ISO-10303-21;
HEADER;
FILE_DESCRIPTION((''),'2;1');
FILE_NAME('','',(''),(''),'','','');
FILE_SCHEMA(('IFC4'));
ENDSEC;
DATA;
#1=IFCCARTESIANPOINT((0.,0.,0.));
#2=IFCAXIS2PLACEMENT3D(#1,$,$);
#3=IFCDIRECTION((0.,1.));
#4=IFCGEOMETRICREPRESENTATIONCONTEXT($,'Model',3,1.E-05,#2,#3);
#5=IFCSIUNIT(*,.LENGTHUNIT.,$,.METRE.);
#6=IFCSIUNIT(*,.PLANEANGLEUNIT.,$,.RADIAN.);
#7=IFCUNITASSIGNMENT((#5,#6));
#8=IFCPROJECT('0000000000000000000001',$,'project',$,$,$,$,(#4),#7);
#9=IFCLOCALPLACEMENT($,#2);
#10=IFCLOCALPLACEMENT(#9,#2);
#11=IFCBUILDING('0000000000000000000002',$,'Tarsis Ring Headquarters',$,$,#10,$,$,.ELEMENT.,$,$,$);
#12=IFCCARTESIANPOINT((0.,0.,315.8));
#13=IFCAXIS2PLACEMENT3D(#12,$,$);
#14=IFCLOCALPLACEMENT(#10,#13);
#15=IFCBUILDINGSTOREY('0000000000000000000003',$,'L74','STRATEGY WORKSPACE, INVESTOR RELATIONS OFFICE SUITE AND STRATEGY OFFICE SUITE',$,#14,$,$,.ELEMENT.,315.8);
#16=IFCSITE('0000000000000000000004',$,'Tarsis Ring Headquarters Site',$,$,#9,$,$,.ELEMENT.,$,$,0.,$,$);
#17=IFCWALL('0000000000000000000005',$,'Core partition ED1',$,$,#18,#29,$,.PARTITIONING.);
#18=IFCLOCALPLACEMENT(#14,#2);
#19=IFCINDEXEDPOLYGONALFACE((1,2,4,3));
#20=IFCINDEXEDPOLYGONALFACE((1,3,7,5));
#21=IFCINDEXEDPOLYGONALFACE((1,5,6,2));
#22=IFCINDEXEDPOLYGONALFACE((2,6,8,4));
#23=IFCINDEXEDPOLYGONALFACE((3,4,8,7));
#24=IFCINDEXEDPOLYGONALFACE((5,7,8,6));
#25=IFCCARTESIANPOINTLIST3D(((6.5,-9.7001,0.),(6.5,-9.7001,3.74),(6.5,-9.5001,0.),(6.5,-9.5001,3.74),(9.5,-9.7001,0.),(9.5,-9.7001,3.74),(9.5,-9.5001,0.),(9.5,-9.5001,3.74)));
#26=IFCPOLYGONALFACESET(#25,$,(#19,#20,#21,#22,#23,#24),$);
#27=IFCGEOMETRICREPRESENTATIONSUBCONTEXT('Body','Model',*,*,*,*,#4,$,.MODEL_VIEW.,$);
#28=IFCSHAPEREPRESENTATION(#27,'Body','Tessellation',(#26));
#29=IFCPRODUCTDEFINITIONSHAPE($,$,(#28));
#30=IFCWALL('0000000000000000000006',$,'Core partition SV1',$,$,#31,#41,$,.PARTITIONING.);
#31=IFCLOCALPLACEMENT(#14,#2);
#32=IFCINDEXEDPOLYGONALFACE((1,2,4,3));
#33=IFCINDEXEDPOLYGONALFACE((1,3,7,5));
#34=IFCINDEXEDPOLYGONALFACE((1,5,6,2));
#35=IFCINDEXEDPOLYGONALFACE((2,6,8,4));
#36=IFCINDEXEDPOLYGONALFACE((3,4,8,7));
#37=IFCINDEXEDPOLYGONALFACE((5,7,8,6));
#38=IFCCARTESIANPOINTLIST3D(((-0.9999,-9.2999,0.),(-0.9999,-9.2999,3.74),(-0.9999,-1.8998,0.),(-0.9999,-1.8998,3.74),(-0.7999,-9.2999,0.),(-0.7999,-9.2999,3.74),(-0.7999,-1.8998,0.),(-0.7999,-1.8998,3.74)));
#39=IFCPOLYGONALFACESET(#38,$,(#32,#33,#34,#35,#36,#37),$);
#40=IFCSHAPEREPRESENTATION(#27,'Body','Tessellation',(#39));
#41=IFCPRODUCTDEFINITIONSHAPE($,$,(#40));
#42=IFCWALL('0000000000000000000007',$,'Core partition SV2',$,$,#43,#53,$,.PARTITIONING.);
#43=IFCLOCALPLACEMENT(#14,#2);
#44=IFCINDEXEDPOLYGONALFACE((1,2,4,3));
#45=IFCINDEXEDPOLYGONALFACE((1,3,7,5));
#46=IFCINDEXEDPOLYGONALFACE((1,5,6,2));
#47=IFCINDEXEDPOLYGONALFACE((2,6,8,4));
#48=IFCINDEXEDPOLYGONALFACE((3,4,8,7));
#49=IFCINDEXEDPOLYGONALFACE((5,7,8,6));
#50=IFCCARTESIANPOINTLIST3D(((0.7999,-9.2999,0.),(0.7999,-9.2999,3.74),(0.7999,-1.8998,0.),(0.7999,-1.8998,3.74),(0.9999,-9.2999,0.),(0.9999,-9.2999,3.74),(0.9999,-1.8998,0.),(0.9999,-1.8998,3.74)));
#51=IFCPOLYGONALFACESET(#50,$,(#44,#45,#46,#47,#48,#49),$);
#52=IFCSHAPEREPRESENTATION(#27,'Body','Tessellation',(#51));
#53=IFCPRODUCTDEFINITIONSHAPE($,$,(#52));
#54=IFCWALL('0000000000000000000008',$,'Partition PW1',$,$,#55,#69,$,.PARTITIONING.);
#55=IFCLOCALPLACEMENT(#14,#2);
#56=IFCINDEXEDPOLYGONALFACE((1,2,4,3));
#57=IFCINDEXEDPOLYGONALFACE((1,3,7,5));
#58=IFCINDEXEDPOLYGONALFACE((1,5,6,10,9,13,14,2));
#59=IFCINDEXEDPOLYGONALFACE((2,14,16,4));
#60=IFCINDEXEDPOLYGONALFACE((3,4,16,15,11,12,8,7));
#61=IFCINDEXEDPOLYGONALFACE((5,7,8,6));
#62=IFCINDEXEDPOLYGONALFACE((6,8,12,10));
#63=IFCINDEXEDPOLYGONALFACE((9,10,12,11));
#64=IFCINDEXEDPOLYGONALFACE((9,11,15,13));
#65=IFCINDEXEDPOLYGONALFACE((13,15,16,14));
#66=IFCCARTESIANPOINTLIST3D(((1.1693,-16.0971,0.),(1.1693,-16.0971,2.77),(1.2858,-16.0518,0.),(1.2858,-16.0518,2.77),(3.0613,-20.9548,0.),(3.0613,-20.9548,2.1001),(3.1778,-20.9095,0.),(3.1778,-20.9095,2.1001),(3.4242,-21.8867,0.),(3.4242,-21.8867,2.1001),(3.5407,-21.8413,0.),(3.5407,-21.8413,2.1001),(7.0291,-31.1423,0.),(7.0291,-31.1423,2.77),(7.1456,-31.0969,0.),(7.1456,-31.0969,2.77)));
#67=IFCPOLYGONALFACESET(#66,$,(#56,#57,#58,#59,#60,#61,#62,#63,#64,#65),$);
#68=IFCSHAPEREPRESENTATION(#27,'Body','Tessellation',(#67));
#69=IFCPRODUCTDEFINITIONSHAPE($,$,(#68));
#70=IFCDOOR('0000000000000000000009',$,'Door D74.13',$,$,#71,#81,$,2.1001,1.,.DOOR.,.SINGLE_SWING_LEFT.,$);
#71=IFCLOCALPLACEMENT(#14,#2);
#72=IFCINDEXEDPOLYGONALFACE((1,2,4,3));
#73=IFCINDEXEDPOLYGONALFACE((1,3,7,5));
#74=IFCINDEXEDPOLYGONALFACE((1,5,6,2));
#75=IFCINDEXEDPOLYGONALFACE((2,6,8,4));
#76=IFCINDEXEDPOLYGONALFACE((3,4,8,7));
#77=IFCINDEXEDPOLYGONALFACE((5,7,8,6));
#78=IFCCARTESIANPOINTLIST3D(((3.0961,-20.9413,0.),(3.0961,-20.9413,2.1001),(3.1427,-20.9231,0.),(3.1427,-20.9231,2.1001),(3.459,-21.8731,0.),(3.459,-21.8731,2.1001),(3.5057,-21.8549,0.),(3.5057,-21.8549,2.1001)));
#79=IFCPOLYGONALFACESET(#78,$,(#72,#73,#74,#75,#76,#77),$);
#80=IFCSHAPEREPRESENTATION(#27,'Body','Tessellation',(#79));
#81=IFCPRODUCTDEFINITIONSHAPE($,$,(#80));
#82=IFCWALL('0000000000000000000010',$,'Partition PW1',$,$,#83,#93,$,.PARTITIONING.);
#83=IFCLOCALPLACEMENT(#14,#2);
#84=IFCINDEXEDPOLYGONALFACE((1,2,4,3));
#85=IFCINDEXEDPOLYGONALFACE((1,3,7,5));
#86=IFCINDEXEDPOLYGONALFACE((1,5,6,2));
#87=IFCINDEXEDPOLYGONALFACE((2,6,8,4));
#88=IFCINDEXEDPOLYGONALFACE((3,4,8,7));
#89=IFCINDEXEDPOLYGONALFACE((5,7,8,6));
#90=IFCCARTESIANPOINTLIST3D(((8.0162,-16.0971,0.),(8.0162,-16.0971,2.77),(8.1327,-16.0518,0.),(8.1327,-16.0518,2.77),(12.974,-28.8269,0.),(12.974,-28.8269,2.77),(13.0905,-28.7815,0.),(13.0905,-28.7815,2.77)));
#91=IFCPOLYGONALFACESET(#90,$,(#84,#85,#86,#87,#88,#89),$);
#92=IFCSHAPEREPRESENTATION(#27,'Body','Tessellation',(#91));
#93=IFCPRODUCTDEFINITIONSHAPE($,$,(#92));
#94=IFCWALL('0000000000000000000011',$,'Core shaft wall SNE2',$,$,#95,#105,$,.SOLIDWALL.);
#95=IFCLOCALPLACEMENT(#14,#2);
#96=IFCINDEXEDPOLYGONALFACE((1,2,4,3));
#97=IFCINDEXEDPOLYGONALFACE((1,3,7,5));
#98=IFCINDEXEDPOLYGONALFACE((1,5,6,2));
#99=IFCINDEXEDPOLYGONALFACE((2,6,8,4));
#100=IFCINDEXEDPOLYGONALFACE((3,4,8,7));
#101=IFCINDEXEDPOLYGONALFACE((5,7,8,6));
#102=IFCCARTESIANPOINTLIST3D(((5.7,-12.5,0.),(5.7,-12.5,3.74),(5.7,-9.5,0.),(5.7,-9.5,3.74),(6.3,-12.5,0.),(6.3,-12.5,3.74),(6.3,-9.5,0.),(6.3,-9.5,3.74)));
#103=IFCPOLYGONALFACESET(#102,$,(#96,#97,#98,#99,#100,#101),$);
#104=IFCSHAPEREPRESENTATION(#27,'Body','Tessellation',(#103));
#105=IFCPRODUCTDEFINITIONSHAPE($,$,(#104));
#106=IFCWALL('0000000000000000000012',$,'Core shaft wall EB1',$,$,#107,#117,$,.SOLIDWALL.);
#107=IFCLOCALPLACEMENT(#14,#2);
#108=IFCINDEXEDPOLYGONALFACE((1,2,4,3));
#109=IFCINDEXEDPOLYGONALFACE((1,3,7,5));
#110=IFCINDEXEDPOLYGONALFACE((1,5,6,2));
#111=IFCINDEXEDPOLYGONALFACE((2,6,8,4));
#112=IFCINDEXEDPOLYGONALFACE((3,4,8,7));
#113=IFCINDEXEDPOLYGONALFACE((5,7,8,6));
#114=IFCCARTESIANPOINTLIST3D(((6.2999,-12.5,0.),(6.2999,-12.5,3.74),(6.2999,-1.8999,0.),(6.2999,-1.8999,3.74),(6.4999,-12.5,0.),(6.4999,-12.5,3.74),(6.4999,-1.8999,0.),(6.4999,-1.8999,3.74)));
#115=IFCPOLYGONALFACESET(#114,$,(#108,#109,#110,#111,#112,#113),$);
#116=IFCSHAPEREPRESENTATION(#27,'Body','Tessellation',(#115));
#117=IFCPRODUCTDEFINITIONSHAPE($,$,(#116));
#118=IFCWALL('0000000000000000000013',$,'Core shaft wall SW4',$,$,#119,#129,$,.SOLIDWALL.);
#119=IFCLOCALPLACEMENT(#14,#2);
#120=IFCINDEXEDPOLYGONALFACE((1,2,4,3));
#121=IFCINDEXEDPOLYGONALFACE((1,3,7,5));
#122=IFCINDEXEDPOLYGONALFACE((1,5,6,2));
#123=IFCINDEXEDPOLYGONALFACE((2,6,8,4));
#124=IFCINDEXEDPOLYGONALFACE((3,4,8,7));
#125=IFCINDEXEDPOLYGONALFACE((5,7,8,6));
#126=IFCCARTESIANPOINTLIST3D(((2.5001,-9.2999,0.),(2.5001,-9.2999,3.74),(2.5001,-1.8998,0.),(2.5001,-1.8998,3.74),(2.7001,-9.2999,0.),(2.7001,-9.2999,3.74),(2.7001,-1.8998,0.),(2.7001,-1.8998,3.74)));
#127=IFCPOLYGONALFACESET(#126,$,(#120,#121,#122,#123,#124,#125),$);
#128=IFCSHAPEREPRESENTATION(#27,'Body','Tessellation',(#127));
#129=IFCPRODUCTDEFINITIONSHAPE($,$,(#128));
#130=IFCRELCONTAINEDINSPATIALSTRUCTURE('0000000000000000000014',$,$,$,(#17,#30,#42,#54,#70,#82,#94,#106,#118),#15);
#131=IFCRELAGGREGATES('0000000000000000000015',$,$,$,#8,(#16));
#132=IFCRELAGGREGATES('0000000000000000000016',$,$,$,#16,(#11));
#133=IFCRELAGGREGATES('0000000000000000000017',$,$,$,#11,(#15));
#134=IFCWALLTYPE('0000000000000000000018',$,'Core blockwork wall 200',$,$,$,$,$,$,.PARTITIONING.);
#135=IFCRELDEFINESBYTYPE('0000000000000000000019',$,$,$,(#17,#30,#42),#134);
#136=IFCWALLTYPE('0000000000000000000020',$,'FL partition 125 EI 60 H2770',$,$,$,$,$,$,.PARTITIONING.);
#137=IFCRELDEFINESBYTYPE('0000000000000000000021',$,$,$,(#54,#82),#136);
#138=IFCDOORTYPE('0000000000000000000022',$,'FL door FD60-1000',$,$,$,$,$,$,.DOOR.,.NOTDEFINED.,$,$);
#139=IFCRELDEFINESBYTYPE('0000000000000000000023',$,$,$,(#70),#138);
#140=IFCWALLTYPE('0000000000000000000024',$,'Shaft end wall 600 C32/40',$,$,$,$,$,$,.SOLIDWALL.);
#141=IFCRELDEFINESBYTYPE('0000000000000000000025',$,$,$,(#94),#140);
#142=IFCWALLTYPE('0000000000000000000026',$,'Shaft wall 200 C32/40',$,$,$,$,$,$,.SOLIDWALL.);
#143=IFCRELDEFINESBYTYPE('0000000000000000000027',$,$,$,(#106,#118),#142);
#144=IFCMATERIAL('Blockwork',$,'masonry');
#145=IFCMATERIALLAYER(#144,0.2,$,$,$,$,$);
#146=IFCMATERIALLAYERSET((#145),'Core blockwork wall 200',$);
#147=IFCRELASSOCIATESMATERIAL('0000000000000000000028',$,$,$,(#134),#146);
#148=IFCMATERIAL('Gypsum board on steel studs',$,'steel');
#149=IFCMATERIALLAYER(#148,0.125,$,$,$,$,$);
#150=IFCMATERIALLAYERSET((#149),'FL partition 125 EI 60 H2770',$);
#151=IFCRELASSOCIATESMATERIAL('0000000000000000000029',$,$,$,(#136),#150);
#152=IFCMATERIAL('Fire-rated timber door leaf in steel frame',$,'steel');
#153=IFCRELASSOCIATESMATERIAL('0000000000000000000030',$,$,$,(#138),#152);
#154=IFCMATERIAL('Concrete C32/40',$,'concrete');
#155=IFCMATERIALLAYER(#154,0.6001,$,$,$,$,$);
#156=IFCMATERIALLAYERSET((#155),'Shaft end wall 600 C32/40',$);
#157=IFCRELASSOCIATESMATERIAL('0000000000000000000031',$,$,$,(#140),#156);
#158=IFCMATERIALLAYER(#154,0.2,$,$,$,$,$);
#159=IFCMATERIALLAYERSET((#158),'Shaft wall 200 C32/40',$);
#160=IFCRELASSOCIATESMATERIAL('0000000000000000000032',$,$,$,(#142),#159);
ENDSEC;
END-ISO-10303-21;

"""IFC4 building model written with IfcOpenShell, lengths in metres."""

from ifc_helpers import new_model, si_unit, direction, frame, frame_2d, origin, place, context, subcontext, project, spatial, rectangle, extrude, material, layer, layer_set, type_object, element, fill, save


model = new_model("IFC4")

# Units and contexts
model_context = context("Model", 3, precision=1e-05, world=origin(), true_north=direction((0.0, 1.0)))
body_context = subcontext(model_context, "Body", "Model", "MODEL_VIEW")
ifc_project = project(units=[si_unit("LENGTHUNIT", "METRE"), si_unit("PLANEANGLEUNIT", "RADIAN")], contexts=[model_context])

# Site, building, storey
site_placement = place(None, origin())
site = spatial("IfcSite", under=ifc_project, at=site_placement, Name="Tarsis Ring Headquarters Site", CompositionType="ELEMENT", RefElevation=0.0)
building_placement = place(site_placement, origin())
building = spatial("IfcBuilding", under=site, at=building_placement, Name="Tarsis Ring Headquarters", CompositionType="ELEMENT")
storey_placement = place(building_placement, frame((0.0, 0.0, 315.8)))
storey = spatial("IfcBuildingStorey", under=building, at=storey_placement, Name="L74", Description="STRATEGY WORKSPACE, INVESTOR RELATIONS OFFICE SUITE AND STRATEGY OFFICE SUITE", CompositionType="ELEMENT", Elevation=315.8)

# Walls
ifc_material_1 = material(Name="Blockwork", Category="masonry")
ifc_layer_1 = layer(ifc_material_1, 0.2)
ifc_layer_set_1 = layer_set([ifc_layer_1], Name="Core blockwork wall 200")
wall_type_1 = type_object("IfcWallType", Name="Core blockwork wall 200", PredefinedType="PARTITIONING", material=ifc_layer_set_1)
wall_1_placement = place(storey_placement, frame((6.5, -9.6001, 0.0), z_axis=(0.0, 0.0, 1.0), x_axis=(1.0, 0.0, 0.0)))
element("IfcWall", 1, at=wall_1_placement, inside=storey, type_object=wall_type_1, Name="Core partition ED1", PredefinedType="PARTITIONING", context=body_context, shape_type="SweptSolid", body=[
    extrude(rectangle(XDim=3.0, YDim=0.2, at=frame_2d((1.5, 0.0))), origin(), (0.0, 0.0, 1.0), 3.74),
])
for number, where, z_axis, x_axis, name in (
    (2, (-0.8999, -9.3, 0.0), (0.0, 0.0, 1.0), (0.0, 1.0, 0.0), "Core partition SV1"),
    (3, (0.8999, -9.3, 0.0), (0.0, 0.0, 1.0), (0.0, 1.0, 0.0), "Core partition SV2"),
):
    element("IfcWall", number, at=place(storey_placement, frame(where, z_axis=z_axis, x_axis=x_axis)), inside=storey, type_object=wall_type_1, Name=name, PredefinedType="PARTITIONING", context=body_context, shape_type="SweptSolid", body=[
        extrude(rectangle(XDim=7.4001, YDim=0.2, at=frame_2d((3.7002, 0.0))), origin(), (0.0, 0.0, 1.0), 3.74),
    ])

# Wall, opening, door
ifc_material_2 = material(Name="Gypsum board on steel studs", Category="steel")
ifc_layer_2 = layer(ifc_material_2, 0.125)
ifc_layer_set_2 = layer_set([ifc_layer_2], Name="FL partition 125 EI 60 H2770")
wall_type_2 = type_object("IfcWallType", Name="FL partition 125 EI 60 H2770", PredefinedType="PARTITIONING", material=ifc_layer_set_2)
wall_2_placement = place(storey_placement, frame((1.2275, -16.0745, 0.0), z_axis=(0.0, 0.0, 1.0), x_axis=(0.362929, -0.931817, 0.0)))
wall_2 = element("IfcWall", 4, at=wall_2_placement, inside=storey, type_object=wall_type_2, Name="Partition PW1", PredefinedType="PARTITIONING", context=body_context, shape_type="SweptSolid", body=[
    extrude(rectangle(XDim=16.146, YDim=0.125, at=frame_2d((8.073, 0.0))), origin(), (0.0, 0.0, 1.0), 2.77),
])
opening_placement = place(wall_2_placement, frame((5.2131, 0.0, 0.0)))
opening = element("IfcOpeningElement", 5, at=opening_placement, cuts=wall_2, PredefinedType="OPENING", context=body_context, shape_type="SweptSolid", body=[
    extrude(rectangle(XDim=1.0, YDim=2.1001, at=frame_2d((0.5, 1.05))), frame((0.0, 0.0725, 0.0), z_axis=(0.0, -1.0, 0.0), x_axis=(1.0, 0.0, 0.0)), (0.0, 0.0, 1.0), 0.145),
])
ifc_material_3 = material(Name="Fire-rated timber door leaf in steel frame", Category="steel")
door_type = type_object("IfcDoorType", Name="FL door FD60-1000", OperationType="NOTDEFINED", PredefinedType="DOOR", material=ifc_material_3)
door_placement = place(opening_placement, origin())
door = element("IfcDoor", 6, at=door_placement, inside=storey, type_object=door_type, Name="Door D74.13", OperationType="SINGLE_SWING_LEFT", OverallHeight=2.1001, OverallWidth=1.0, PredefinedType="DOOR", context=body_context, shape_type="SweptSolid", body=[
    extrude(rectangle(XDim=1.0, YDim=2.1001, at=frame_2d((0.5, 1.05))), frame((0.0, 0.0249, 0.0), z_axis=(0.0, -1.0, 0.0), x_axis=(1.0, 0.0, 0.0)), (0.0, 0.0, 1.0), 0.05),
])
fill(opening, door)

# Walls
wall_3_placement = place(storey_placement, frame((8.0745, -16.0745, 0.0), z_axis=(0.0, 0.0, 1.0), x_axis=(0.362911, -0.931824, 0.0)))
element("IfcWall", 7, at=wall_3_placement, inside=storey, type_object=wall_type_2, Name="Partition PW1", PredefinedType="PARTITIONING", context=body_context, shape_type="SweptSolid", body=[
    extrude(rectangle(XDim=13.6611, YDim=0.125, at=frame_2d((6.8306, 0.0))), origin(), (0.0, 0.0, 1.0), 2.77),
])
ifc_material_4 = material(Name="Concrete C32/40", Category="concrete")
ifc_layer_3 = layer(ifc_material_4, 0.6001)
ifc_layer_set_3 = layer_set([ifc_layer_3], Name="Shaft end wall 600 C32/40")
wall_type_3 = type_object("IfcWallType", Name="Shaft end wall 600 C32/40", PredefinedType="SOLIDWALL", material=ifc_layer_set_3)
wall_4_placement = place(storey_placement, frame((6.0, -12.5, 0.0), z_axis=(0.0, 0.0, 1.0), x_axis=(0.0, 1.0, 0.0)))
element("IfcWall", 8, at=wall_4_placement, inside=storey, type_object=wall_type_3, Name="Core shaft wall SNE2", PredefinedType="SOLIDWALL", context=body_context, shape_type="SweptSolid", body=[
    extrude(rectangle(XDim=3.0, YDim=0.6001, at=frame_2d((1.5, 0.0))), origin(), (0.0, 0.0, 1.0), 3.74),
])
ifc_layer_4 = layer(ifc_material_4, 0.2)
ifc_layer_set_4 = layer_set([ifc_layer_4], Name="Shaft wall 200 C32/40")
wall_type_4 = type_object("IfcWallType", Name="Shaft wall 200 C32/40", PredefinedType="SOLIDWALL", material=ifc_layer_set_4)
wall_5_placement = place(storey_placement, frame((6.3999, -12.5, 0.0), z_axis=(0.0, 0.0, 1.0), x_axis=(0.0, 1.0, 0.0)))
element("IfcWall", 9, at=wall_5_placement, inside=storey, type_object=wall_type_4, Name="Core shaft wall EB1", PredefinedType="SOLIDWALL", context=body_context, shape_type="SweptSolid", body=[
    extrude(rectangle(XDim=10.6001, YDim=0.2, at=frame_2d((5.3, 0.0))), origin(), (0.0, 0.0, 1.0), 3.74),
])
wall_6_placement = place(storey_placement, frame((2.6001, -9.3, 0.0), z_axis=(0.0, 0.0, 1.0), x_axis=(0.0, 1.0, 0.0)))
element("IfcWall", 10, at=wall_6_placement, inside=storey, type_object=wall_type_4, Name="Core shaft wall SW4", PredefinedType="SOLIDWALL", context=body_context, shape_type="SweptSolid", body=[
    extrude(rectangle(XDim=7.4001, YDim=0.2, at=frame_2d((3.7002, 0.0))), origin(), (0.0, 0.0, 1.0), 3.74),
])

save(model, "model.ifc")
